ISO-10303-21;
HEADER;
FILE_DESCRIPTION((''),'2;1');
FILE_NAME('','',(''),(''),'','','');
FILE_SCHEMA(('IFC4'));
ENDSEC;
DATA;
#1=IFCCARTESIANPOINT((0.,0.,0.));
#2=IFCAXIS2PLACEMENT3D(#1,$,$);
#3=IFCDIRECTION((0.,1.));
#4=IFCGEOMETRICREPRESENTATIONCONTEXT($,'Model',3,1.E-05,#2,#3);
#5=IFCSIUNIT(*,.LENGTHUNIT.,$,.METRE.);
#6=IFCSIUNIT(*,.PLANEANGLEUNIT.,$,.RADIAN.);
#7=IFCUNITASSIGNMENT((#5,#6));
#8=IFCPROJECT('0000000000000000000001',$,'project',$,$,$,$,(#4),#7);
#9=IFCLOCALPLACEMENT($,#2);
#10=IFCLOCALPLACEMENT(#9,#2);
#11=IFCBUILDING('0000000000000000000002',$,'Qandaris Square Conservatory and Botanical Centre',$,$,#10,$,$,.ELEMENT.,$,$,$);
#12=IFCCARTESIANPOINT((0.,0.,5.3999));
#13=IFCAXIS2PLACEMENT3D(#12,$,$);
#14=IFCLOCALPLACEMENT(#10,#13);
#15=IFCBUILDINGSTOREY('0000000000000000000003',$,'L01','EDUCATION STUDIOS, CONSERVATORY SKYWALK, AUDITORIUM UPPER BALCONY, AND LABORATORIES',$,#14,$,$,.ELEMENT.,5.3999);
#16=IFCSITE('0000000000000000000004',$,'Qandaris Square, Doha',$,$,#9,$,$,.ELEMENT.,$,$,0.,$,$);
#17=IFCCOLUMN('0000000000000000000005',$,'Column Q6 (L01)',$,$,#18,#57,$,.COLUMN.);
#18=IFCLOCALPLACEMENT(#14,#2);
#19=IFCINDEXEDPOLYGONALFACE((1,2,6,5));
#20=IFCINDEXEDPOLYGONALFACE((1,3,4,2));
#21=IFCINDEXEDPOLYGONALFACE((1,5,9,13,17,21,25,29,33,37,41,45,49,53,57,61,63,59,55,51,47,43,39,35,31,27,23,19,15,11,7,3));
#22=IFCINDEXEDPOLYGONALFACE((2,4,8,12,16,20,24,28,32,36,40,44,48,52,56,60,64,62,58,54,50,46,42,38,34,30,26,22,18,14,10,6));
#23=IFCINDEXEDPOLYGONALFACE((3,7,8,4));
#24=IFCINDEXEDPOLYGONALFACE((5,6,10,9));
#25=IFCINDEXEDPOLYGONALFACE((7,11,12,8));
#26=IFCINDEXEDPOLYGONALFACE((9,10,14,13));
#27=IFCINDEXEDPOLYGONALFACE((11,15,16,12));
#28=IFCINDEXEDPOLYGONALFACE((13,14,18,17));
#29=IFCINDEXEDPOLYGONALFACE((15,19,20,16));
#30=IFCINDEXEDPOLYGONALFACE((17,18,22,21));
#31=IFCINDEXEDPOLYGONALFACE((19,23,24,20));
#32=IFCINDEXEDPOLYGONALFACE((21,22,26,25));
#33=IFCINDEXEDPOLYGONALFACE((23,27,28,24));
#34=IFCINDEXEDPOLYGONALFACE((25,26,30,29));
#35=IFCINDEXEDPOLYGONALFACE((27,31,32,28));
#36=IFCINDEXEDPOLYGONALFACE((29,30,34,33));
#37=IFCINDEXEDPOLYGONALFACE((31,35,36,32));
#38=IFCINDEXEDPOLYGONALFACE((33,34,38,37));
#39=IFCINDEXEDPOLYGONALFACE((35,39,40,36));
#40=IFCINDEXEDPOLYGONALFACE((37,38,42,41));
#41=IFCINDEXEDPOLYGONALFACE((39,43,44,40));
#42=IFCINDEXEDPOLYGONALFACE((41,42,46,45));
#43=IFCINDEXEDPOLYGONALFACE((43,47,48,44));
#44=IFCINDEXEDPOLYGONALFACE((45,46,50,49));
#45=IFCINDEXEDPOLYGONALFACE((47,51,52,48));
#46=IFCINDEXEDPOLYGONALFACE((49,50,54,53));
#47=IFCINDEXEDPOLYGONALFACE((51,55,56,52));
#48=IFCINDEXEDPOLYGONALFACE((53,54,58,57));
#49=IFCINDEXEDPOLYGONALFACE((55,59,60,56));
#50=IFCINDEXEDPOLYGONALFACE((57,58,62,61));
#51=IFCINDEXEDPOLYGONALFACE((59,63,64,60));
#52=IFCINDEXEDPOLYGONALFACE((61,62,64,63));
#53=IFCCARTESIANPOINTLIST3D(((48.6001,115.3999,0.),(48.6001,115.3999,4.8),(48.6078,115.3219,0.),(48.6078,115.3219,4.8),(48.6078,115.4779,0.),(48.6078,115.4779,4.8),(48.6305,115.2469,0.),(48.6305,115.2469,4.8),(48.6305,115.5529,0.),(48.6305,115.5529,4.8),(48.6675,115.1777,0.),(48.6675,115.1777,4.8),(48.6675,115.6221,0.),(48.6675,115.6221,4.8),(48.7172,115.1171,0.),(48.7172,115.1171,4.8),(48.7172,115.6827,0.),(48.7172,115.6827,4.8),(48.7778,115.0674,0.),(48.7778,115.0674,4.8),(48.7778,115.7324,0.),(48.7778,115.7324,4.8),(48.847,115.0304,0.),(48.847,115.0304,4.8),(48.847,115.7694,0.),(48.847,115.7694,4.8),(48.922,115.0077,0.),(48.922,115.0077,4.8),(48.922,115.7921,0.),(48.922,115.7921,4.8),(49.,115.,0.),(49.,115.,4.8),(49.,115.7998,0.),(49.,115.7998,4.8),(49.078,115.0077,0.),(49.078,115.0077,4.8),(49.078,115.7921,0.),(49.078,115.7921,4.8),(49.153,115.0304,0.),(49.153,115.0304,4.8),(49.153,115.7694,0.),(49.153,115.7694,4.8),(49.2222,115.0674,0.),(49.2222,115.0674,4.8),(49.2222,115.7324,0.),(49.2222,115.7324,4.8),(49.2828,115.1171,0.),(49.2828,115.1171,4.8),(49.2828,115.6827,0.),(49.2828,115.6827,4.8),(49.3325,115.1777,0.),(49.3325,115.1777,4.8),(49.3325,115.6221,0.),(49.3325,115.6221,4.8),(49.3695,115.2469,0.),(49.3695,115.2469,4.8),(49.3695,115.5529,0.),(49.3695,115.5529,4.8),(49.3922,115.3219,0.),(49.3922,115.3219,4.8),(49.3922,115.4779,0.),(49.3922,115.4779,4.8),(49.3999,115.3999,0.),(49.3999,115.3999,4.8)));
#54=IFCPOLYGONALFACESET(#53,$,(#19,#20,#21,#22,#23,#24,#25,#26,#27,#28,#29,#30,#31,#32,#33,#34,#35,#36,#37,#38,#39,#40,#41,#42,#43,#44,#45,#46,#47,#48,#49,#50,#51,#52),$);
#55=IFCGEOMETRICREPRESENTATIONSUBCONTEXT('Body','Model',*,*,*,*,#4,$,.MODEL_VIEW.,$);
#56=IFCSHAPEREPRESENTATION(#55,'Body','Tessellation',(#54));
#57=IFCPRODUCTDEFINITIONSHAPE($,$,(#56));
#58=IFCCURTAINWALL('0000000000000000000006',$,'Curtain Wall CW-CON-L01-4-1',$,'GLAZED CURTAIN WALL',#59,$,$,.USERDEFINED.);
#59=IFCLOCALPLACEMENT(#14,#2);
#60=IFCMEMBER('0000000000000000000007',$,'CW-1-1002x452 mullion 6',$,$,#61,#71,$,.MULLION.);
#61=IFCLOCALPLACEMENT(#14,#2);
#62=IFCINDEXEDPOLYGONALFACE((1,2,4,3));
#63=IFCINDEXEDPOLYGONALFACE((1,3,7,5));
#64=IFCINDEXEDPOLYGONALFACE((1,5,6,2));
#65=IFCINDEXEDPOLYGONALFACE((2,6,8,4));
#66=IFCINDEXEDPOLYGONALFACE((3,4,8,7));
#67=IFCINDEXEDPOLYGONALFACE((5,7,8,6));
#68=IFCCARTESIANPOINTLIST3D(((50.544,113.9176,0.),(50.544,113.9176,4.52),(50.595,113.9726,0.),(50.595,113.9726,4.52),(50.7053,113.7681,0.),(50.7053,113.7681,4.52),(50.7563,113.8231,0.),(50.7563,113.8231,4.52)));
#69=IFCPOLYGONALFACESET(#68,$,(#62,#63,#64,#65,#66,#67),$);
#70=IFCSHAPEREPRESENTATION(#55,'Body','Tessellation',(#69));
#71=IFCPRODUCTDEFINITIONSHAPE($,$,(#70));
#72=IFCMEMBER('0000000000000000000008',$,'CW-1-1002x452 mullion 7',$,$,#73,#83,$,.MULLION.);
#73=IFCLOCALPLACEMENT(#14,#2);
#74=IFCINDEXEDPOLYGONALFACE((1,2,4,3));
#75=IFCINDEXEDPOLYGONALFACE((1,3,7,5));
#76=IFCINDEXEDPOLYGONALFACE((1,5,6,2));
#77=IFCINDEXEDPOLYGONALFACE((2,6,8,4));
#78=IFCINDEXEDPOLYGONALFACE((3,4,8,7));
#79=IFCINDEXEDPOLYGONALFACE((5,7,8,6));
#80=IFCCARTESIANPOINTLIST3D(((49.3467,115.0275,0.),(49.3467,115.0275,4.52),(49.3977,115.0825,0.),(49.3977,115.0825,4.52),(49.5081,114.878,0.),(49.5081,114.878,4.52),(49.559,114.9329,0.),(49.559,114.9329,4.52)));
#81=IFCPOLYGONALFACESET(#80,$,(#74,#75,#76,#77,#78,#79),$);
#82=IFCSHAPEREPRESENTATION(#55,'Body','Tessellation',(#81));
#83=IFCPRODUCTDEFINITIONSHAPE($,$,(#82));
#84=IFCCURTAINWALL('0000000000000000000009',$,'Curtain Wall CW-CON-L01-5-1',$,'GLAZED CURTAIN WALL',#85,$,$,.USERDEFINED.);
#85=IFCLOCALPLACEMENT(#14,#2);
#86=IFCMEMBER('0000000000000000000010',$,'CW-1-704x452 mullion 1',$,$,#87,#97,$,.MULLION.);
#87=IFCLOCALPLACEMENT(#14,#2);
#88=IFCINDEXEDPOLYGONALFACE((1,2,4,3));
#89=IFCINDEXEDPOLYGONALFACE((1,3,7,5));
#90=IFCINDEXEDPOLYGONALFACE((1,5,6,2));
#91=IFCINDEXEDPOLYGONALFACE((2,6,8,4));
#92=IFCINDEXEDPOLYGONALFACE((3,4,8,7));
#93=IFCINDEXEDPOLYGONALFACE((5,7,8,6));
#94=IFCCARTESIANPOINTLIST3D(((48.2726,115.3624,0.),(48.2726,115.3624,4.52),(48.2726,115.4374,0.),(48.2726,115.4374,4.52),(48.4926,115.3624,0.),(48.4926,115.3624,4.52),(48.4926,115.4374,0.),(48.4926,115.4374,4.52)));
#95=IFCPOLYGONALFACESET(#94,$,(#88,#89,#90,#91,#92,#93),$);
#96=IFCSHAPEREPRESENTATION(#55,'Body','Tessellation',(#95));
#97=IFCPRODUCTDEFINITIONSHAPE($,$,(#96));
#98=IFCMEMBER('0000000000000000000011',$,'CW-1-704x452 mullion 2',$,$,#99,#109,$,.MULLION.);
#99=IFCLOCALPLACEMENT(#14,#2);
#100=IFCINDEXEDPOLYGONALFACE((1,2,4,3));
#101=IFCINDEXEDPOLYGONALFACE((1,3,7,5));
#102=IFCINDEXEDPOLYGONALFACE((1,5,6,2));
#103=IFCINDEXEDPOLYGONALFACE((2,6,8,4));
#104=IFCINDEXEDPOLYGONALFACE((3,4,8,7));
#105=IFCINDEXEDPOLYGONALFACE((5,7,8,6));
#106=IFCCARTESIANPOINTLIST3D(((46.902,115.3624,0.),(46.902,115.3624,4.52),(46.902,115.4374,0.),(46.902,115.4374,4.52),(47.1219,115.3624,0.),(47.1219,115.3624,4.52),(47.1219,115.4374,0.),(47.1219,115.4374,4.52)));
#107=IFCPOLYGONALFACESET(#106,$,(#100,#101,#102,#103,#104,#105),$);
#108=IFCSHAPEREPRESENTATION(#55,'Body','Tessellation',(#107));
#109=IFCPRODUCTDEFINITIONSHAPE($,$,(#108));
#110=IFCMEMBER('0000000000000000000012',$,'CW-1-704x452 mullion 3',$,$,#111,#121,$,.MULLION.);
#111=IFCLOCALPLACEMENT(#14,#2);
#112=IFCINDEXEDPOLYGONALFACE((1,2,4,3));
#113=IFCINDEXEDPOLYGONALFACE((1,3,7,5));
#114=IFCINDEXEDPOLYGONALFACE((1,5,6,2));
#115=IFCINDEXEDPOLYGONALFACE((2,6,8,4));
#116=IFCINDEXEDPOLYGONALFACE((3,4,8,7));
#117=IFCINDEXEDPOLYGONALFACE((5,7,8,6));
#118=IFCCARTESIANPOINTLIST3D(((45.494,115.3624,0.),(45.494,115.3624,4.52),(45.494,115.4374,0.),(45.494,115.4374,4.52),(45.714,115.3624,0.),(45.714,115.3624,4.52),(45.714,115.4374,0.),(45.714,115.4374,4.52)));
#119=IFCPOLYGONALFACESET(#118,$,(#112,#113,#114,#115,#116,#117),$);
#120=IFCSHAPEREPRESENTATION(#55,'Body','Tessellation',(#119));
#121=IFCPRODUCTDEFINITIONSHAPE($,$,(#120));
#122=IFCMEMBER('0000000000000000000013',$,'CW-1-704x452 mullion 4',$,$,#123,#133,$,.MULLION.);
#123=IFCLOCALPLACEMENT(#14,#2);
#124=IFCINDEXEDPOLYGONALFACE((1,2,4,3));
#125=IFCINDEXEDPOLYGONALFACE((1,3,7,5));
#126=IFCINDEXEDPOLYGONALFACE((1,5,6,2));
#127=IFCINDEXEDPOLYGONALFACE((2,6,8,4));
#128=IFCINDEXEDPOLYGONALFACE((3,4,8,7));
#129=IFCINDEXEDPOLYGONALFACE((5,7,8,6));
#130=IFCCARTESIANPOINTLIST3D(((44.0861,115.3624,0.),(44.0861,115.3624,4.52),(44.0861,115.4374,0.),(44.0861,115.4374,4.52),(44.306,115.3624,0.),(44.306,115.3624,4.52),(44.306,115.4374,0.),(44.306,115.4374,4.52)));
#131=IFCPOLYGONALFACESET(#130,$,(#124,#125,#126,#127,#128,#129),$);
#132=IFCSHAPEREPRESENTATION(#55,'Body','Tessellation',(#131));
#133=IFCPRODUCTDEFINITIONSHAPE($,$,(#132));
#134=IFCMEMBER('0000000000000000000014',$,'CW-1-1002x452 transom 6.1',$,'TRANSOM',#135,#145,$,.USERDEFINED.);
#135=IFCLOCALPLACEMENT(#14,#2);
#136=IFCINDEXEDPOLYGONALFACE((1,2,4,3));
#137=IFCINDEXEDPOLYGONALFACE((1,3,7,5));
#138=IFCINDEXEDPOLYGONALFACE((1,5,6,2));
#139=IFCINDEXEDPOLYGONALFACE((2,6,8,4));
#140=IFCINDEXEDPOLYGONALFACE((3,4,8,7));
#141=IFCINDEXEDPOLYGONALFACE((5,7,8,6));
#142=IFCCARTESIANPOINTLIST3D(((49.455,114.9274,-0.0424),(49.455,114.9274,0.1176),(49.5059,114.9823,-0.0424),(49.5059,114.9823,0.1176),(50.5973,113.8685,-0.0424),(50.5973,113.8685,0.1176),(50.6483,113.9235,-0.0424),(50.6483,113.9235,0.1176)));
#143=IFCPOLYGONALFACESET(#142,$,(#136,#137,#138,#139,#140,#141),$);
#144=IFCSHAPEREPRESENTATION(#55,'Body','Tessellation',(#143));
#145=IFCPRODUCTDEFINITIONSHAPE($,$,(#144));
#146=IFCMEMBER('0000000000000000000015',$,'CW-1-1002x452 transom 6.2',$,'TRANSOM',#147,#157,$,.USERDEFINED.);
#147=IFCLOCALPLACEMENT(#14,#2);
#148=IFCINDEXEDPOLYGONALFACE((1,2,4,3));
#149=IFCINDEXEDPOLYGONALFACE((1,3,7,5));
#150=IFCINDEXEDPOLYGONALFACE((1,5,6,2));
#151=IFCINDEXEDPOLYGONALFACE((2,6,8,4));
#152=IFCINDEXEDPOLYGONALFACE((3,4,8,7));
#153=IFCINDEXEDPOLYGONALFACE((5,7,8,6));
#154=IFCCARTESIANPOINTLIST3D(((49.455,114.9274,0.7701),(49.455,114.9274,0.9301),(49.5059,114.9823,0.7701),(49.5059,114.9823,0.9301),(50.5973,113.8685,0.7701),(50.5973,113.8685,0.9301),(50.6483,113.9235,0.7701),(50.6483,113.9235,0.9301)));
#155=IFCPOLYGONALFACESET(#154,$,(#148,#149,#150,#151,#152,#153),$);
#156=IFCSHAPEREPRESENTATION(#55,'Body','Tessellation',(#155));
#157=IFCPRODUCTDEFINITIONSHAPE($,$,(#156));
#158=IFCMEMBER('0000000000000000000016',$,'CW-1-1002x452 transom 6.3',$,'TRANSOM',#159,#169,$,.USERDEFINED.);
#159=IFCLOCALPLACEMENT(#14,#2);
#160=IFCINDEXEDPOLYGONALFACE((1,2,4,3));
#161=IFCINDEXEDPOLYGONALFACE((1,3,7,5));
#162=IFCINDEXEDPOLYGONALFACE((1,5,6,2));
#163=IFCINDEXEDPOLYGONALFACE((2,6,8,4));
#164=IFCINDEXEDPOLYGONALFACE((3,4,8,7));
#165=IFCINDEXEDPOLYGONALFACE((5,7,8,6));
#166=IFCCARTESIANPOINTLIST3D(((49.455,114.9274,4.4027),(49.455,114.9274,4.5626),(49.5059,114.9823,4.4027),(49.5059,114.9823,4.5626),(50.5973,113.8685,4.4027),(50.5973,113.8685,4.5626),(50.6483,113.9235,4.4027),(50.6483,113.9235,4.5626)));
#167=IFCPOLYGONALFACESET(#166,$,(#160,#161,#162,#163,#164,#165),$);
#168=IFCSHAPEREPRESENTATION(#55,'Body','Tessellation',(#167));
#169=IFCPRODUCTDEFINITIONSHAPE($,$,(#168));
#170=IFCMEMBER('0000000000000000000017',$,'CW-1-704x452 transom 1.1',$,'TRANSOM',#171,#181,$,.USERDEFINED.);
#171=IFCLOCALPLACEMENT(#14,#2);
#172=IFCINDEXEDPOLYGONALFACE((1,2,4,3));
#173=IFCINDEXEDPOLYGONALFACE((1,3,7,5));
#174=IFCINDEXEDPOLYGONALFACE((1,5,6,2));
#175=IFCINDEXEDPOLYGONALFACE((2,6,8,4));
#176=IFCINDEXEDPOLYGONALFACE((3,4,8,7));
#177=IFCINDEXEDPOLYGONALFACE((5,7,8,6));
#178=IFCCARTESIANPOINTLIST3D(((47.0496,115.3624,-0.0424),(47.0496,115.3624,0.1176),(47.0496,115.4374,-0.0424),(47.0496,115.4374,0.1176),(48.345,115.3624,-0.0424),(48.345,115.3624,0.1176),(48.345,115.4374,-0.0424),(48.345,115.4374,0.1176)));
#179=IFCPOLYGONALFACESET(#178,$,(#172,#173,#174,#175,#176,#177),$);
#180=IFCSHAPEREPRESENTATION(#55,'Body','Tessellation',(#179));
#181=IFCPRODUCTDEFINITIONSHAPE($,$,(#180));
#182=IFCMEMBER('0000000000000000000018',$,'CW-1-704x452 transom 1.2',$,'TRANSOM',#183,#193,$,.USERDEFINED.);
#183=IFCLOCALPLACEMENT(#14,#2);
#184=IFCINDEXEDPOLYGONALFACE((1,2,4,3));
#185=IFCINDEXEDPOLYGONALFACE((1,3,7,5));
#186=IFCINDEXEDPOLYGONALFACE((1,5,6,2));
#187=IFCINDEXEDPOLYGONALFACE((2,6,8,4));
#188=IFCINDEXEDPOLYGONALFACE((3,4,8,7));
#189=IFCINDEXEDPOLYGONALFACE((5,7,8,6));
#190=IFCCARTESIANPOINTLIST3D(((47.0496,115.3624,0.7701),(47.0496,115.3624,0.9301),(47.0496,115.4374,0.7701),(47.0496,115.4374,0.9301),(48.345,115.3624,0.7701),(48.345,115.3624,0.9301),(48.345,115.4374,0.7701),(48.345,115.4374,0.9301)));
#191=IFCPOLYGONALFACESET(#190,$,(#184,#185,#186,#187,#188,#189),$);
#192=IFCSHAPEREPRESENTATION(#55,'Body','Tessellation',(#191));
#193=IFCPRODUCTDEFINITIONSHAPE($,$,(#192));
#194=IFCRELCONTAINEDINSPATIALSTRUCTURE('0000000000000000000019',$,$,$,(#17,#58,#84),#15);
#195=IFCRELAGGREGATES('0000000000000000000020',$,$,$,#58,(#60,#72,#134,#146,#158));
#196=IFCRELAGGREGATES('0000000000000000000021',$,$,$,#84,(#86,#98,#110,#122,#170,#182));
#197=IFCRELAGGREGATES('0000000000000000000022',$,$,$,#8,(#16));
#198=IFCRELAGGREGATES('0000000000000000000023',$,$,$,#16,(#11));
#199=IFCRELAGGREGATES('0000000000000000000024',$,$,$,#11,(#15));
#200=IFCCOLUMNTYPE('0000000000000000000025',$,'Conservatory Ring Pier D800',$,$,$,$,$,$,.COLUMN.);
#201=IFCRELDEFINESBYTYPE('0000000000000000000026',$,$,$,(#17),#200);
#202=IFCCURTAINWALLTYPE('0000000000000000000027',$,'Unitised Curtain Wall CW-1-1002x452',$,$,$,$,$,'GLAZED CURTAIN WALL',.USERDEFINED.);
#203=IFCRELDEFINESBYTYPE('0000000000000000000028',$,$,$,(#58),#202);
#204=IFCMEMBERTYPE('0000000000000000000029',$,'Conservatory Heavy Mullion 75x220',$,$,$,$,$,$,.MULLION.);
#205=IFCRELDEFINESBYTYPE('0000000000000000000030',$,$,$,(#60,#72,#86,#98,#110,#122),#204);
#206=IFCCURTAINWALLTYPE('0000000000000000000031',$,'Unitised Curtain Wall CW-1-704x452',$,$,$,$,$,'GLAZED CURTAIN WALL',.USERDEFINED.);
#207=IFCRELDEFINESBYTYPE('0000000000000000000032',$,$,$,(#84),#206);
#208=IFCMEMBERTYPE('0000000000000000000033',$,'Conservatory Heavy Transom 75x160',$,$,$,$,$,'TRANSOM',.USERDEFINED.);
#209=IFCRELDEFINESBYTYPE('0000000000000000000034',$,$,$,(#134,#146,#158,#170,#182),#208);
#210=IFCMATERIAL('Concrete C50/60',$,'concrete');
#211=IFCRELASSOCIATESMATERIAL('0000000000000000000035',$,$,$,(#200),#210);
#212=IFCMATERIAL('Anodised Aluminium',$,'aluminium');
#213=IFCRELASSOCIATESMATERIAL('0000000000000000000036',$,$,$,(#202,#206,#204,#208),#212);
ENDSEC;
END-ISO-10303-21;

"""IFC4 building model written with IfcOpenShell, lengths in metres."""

from ifc_helpers import new_model, si_unit, direction, frame, origin, origin_2d, place, context, subcontext, project, spatial, rectangle, circle, extrude, material, material_profile, profile_set, type_object, element, aggregate, save


model = new_model("IFC4")

# Units and contexts
model_context = context("Model", 3, precision=1e-05, world=origin(), true_north=direction((0.0, 1.0)))
body_context = subcontext(model_context, "Body", "Model", "MODEL_VIEW")
ifc_project = project(units=[si_unit("LENGTHUNIT", "METRE"), si_unit("PLANEANGLEUNIT", "RADIAN")], contexts=[model_context])

# Site, building, storey
site_placement = place(None, origin())
site = spatial("IfcSite", under=ifc_project, at=site_placement, Name="Qandaris Square, Doha", CompositionType="ELEMENT", RefElevation=0.0)
building_placement = place(site_placement, origin())
building = spatial("IfcBuilding", under=site, at=building_placement, Name="Qandaris Square Conservatory and Botanical Centre", CompositionType="ELEMENT")
storey_placement = place(building_placement, frame((0.0, 0.0, 5.3999)))
storey = spatial("IfcBuildingStorey", under=building, at=storey_placement, Name="L01", Description="EDUCATION STUDIOS, CONSERVATORY SKYWALK, AUDITORIUM UPPER BALCONY, AND LABORATORIES", CompositionType="ELEMENT", Elevation=5.3999)

# Column
ifc_material_1 = material(Name="Concrete C50/60", Category="concrete")
ifc_material_profile_1 = material_profile(ifc_material_1, circle(Radius=0.3999, at=origin_2d()), Name="RC-COL D800")
ifc_profile_set_1 = profile_set([ifc_material_profile_1], Name="Concrete C50/60")
column_type = type_object("IfcColumnType", Name="Conservatory Ring Pier D800", PredefinedType="COLUMN", material=ifc_profile_set_1)
column_placement = place(storey_placement, frame((49.0, 115.3999, 0.0), z_axis=(0.0, 0.0, 1.0), x_axis=(1.0, 0.0, 0.0)))
element("IfcColumn", 1, at=column_placement, inside=storey, type_object=column_type, Name="Column Q6 (L01)", PredefinedType="COLUMN", context=body_context, shape_type="SweptSolid", body=[
    extrude(circle(Radius=0.3999, at=origin_2d()), origin(), (0.0, 0.0, 1.0), 4.8),
])

# Curtain walls, members
ifc_material_2 = material(Name="Anodised Aluminium", Category="aluminium")
curtain_wall_type_1 = type_object("IfcCurtainWallType", Name="Unitised Curtain Wall CW-1-1002x452", ElementType="GLAZED CURTAIN WALL", PredefinedType="USERDEFINED", material=ifc_material_2)
curtain_wall_1_placement = place(storey_placement, origin())
curtain_wall_1 = element("IfcCurtainWall", 2, at=curtain_wall_1_placement, inside=storey, type_object=curtain_wall_type_1, Name="Curtain Wall CW-CON-L01-4-1", ObjectType="GLAZED CURTAIN WALL", PredefinedType="USERDEFINED")
ifc_material_profile_2 = material_profile(ifc_material_2, rectangle(XDim=0.075, YDim=0.22, at=origin_2d()), Name="ALU-MUL 75x220")
ifc_profile_set_2 = profile_set([ifc_material_profile_2], Name="Anodised Aluminium")
member_type_1 = type_object("IfcMemberType", Name="Conservatory Heavy Mullion 75x220", PredefinedType="MULLION", material=ifc_profile_set_2)
member_1_placement = place(storey_placement, frame((50.6501, 113.8704, 0.0), z_axis=(0.0, 0.0, 1.0), x_axis=(-0.679762, -0.733433, 0.0)))
member_1 = element("IfcMember", 3, at=member_1_placement, type_object=member_type_1, Name="CW-1-1002x452 mullion 6", PredefinedType="MULLION", context=body_context, shape_type="SweptSolid", body=[
    extrude(rectangle(XDim=0.075, YDim=0.22, at=origin_2d()), origin(), (0.0, 0.0, 1.0), 4.52),
])
member_2_placement = place(storey_placement, frame((49.4529, 114.9802, 0.0), z_axis=(0.0, 0.0, 1.0), x_axis=(-0.679762, -0.733433, 0.0)))
member_2 = element("IfcMember", 4, at=member_2_placement, type_object=member_type_1, Name="CW-1-1002x452 mullion 7", PredefinedType="MULLION", context=body_context, shape_type="SweptSolid", body=[
    extrude(rectangle(XDim=0.075, YDim=0.22, at=origin_2d()), origin(), (0.0, 0.0, 1.0), 4.52),
])
curtain_wall_type_2 = type_object("IfcCurtainWallType", Name="Unitised Curtain Wall CW-1-704x452", ElementType="GLAZED CURTAIN WALL", PredefinedType="USERDEFINED", material=ifc_material_2)
curtain_wall_2_placement = place(storey_placement, origin())
curtain_wall_2 = element("IfcCurtainWall", 5, at=curtain_wall_2_placement, inside=storey, type_object=curtain_wall_type_2, Name="Curtain Wall CW-CON-L01-5-1", ObjectType="GLAZED CURTAIN WALL", PredefinedType="USERDEFINED")
member_3_placement = place(storey_placement, frame((48.3826, 115.3999, 0.0), z_axis=(0.0, 0.0, 1.0), x_axis=(0.0, -1.0, 0.0)))
member_3 = element("IfcMember", 6, at=member_3_placement, type_object=member_type_1, Name="CW-1-704x452 mullion 1", PredefinedType="MULLION", context=body_context, shape_type="SweptSolid", body=[
    extrude(rectangle(XDim=0.075, YDim=0.22, at=origin_2d()), origin(), (0.0, 0.0, 1.0), 4.52),
])
member_4_placement = place(storey_placement, frame((47.012, 115.3999, 0.0), z_axis=(0.0, 0.0, 1.0), x_axis=(0.0, -1.0, 0.0)))
member_4 = element("IfcMember", 7, at=member_4_placement, type_object=member_type_1, Name="CW-1-704x452 mullion 2", PredefinedType="MULLION", context=body_context, shape_type="SweptSolid", body=[
    extrude(rectangle(XDim=0.075, YDim=0.22, at=origin_2d()), origin(), (0.0, 0.0, 1.0), 4.52),
])
member_5_placement = place(storey_placement, frame((45.604, 115.3999, 0.0), z_axis=(0.0, 0.0, 1.0), x_axis=(0.0, -1.0, 0.0)))
member_5 = element("IfcMember", 8, at=member_5_placement, type_object=member_type_1, Name="CW-1-704x452 mullion 3", PredefinedType="MULLION", context=body_context, shape_type="SweptSolid", body=[
    extrude(rectangle(XDim=0.075, YDim=0.22, at=origin_2d()), origin(), (0.0, 0.0, 1.0), 4.52),
])
member_6_placement = place(storey_placement, frame((44.196, 115.3999, 0.0), z_axis=(0.0, 0.0, 1.0), x_axis=(0.0, -1.0, 0.0)))
member_6 = element("IfcMember", 9, at=member_6_placement, type_object=member_type_1, Name="CW-1-704x452 mullion 4", PredefinedType="MULLION", context=body_context, shape_type="SweptSolid", body=[
    extrude(rectangle(XDim=0.075, YDim=0.22, at=origin_2d()), origin(), (0.0, 0.0, 1.0), 4.52),
])

# Members
ifc_material_profile_3 = material_profile(ifc_material_2, rectangle(XDim=0.075, YDim=0.1599, at=origin_2d()), Name="ALU-TRN 75x160")
ifc_profile_set_3 = profile_set([ifc_material_profile_3], Name="Anodised Aluminium")
member_type_2 = type_object("IfcMemberType", Name="Conservatory Heavy Transom 75x160", ElementType="TRANSOM", PredefinedType="USERDEFINED", material=ifc_profile_set_3)
member_7_placement = place(storey_placement, frame((50.6228, 113.896, 0.0376), z_axis=(-0.733402, 0.679796, 0.0), x_axis=(-0.679796, -0.733402, 0.0)))
member_7 = element("IfcMember", 10, at=member_7_placement, type_object=member_type_2, Name="CW-1-1002x452 transom 6.1", ObjectType="TRANSOM", PredefinedType="USERDEFINED", context=body_context, shape_type="SweptSolid", body=[
    extrude(rectangle(XDim=0.075, YDim=0.1599, at=origin_2d()), origin(), (0.0, 0.0, 1.0), 1.5576),
])
member_8_placement = place(storey_placement, frame((50.6228, 113.896, 0.8501), z_axis=(-0.733402, 0.679796, 0.0), x_axis=(-0.679796, -0.733402, 0.0)))
member_8 = element("IfcMember", 11, at=member_8_placement, type_object=member_type_2, Name="CW-1-1002x452 transom 6.2", ObjectType="TRANSOM", PredefinedType="USERDEFINED", context=body_context, shape_type="SweptSolid", body=[
    extrude(rectangle(XDim=0.075, YDim=0.1599, at=origin_2d()), origin(), (0.0, 0.0, 1.0), 1.5576),
])
member_9_placement = place(storey_placement, frame((50.6228, 113.896, 4.4827), z_axis=(-0.733402, 0.679796, 0.0), x_axis=(-0.679796, -0.733402, 0.0)))
member_9 = element("IfcMember", 12, at=member_9_placement, type_object=member_type_2, Name="CW-1-1002x452 transom 6.3", ObjectType="TRANSOM", PredefinedType="USERDEFINED", context=body_context, shape_type="SweptSolid", body=[
    extrude(rectangle(XDim=0.075, YDim=0.1599, at=origin_2d()), origin(), (0.0, 0.0, 1.0), 1.5576),
])
member_10_placement = place(storey_placement, frame((48.345, 115.3999, 0.0376), z_axis=(-1.0, 0.0, 0.0), x_axis=(0.0, -1.0, 0.0)))
member_10 = element("IfcMember", 13, at=member_10_placement, type_object=member_type_2, Name="CW-1-704x452 transom 1.1", ObjectType="TRANSOM", PredefinedType="USERDEFINED", context=body_context, shape_type="SweptSolid", body=[
    extrude(rectangle(XDim=0.075, YDim=0.1599, at=origin_2d()), origin(), (0.0, 0.0, 1.0), 1.2954),
])
member_11_placement = place(storey_placement, frame((48.345, 115.3999, 0.8501), z_axis=(-1.0, 0.0, 0.0), x_axis=(0.0, -1.0, 0.0)))
member_11 = element("IfcMember", 14, at=member_11_placement, type_object=member_type_2, Name="CW-1-704x452 transom 1.2", ObjectType="TRANSOM", PredefinedType="USERDEFINED", context=body_context, shape_type="SweptSolid", body=[
    extrude(rectangle(XDim=0.075, YDim=0.1599, at=origin_2d()), origin(), (0.0, 0.0, 1.0), 1.2954),
])

aggregate(curtain_wall_1, [member_1, member_2, member_7, member_8, member_9])
aggregate(curtain_wall_2, [member_3, member_4, member_5, member_6, member_10, member_11])

save(model, "model.ifc")
